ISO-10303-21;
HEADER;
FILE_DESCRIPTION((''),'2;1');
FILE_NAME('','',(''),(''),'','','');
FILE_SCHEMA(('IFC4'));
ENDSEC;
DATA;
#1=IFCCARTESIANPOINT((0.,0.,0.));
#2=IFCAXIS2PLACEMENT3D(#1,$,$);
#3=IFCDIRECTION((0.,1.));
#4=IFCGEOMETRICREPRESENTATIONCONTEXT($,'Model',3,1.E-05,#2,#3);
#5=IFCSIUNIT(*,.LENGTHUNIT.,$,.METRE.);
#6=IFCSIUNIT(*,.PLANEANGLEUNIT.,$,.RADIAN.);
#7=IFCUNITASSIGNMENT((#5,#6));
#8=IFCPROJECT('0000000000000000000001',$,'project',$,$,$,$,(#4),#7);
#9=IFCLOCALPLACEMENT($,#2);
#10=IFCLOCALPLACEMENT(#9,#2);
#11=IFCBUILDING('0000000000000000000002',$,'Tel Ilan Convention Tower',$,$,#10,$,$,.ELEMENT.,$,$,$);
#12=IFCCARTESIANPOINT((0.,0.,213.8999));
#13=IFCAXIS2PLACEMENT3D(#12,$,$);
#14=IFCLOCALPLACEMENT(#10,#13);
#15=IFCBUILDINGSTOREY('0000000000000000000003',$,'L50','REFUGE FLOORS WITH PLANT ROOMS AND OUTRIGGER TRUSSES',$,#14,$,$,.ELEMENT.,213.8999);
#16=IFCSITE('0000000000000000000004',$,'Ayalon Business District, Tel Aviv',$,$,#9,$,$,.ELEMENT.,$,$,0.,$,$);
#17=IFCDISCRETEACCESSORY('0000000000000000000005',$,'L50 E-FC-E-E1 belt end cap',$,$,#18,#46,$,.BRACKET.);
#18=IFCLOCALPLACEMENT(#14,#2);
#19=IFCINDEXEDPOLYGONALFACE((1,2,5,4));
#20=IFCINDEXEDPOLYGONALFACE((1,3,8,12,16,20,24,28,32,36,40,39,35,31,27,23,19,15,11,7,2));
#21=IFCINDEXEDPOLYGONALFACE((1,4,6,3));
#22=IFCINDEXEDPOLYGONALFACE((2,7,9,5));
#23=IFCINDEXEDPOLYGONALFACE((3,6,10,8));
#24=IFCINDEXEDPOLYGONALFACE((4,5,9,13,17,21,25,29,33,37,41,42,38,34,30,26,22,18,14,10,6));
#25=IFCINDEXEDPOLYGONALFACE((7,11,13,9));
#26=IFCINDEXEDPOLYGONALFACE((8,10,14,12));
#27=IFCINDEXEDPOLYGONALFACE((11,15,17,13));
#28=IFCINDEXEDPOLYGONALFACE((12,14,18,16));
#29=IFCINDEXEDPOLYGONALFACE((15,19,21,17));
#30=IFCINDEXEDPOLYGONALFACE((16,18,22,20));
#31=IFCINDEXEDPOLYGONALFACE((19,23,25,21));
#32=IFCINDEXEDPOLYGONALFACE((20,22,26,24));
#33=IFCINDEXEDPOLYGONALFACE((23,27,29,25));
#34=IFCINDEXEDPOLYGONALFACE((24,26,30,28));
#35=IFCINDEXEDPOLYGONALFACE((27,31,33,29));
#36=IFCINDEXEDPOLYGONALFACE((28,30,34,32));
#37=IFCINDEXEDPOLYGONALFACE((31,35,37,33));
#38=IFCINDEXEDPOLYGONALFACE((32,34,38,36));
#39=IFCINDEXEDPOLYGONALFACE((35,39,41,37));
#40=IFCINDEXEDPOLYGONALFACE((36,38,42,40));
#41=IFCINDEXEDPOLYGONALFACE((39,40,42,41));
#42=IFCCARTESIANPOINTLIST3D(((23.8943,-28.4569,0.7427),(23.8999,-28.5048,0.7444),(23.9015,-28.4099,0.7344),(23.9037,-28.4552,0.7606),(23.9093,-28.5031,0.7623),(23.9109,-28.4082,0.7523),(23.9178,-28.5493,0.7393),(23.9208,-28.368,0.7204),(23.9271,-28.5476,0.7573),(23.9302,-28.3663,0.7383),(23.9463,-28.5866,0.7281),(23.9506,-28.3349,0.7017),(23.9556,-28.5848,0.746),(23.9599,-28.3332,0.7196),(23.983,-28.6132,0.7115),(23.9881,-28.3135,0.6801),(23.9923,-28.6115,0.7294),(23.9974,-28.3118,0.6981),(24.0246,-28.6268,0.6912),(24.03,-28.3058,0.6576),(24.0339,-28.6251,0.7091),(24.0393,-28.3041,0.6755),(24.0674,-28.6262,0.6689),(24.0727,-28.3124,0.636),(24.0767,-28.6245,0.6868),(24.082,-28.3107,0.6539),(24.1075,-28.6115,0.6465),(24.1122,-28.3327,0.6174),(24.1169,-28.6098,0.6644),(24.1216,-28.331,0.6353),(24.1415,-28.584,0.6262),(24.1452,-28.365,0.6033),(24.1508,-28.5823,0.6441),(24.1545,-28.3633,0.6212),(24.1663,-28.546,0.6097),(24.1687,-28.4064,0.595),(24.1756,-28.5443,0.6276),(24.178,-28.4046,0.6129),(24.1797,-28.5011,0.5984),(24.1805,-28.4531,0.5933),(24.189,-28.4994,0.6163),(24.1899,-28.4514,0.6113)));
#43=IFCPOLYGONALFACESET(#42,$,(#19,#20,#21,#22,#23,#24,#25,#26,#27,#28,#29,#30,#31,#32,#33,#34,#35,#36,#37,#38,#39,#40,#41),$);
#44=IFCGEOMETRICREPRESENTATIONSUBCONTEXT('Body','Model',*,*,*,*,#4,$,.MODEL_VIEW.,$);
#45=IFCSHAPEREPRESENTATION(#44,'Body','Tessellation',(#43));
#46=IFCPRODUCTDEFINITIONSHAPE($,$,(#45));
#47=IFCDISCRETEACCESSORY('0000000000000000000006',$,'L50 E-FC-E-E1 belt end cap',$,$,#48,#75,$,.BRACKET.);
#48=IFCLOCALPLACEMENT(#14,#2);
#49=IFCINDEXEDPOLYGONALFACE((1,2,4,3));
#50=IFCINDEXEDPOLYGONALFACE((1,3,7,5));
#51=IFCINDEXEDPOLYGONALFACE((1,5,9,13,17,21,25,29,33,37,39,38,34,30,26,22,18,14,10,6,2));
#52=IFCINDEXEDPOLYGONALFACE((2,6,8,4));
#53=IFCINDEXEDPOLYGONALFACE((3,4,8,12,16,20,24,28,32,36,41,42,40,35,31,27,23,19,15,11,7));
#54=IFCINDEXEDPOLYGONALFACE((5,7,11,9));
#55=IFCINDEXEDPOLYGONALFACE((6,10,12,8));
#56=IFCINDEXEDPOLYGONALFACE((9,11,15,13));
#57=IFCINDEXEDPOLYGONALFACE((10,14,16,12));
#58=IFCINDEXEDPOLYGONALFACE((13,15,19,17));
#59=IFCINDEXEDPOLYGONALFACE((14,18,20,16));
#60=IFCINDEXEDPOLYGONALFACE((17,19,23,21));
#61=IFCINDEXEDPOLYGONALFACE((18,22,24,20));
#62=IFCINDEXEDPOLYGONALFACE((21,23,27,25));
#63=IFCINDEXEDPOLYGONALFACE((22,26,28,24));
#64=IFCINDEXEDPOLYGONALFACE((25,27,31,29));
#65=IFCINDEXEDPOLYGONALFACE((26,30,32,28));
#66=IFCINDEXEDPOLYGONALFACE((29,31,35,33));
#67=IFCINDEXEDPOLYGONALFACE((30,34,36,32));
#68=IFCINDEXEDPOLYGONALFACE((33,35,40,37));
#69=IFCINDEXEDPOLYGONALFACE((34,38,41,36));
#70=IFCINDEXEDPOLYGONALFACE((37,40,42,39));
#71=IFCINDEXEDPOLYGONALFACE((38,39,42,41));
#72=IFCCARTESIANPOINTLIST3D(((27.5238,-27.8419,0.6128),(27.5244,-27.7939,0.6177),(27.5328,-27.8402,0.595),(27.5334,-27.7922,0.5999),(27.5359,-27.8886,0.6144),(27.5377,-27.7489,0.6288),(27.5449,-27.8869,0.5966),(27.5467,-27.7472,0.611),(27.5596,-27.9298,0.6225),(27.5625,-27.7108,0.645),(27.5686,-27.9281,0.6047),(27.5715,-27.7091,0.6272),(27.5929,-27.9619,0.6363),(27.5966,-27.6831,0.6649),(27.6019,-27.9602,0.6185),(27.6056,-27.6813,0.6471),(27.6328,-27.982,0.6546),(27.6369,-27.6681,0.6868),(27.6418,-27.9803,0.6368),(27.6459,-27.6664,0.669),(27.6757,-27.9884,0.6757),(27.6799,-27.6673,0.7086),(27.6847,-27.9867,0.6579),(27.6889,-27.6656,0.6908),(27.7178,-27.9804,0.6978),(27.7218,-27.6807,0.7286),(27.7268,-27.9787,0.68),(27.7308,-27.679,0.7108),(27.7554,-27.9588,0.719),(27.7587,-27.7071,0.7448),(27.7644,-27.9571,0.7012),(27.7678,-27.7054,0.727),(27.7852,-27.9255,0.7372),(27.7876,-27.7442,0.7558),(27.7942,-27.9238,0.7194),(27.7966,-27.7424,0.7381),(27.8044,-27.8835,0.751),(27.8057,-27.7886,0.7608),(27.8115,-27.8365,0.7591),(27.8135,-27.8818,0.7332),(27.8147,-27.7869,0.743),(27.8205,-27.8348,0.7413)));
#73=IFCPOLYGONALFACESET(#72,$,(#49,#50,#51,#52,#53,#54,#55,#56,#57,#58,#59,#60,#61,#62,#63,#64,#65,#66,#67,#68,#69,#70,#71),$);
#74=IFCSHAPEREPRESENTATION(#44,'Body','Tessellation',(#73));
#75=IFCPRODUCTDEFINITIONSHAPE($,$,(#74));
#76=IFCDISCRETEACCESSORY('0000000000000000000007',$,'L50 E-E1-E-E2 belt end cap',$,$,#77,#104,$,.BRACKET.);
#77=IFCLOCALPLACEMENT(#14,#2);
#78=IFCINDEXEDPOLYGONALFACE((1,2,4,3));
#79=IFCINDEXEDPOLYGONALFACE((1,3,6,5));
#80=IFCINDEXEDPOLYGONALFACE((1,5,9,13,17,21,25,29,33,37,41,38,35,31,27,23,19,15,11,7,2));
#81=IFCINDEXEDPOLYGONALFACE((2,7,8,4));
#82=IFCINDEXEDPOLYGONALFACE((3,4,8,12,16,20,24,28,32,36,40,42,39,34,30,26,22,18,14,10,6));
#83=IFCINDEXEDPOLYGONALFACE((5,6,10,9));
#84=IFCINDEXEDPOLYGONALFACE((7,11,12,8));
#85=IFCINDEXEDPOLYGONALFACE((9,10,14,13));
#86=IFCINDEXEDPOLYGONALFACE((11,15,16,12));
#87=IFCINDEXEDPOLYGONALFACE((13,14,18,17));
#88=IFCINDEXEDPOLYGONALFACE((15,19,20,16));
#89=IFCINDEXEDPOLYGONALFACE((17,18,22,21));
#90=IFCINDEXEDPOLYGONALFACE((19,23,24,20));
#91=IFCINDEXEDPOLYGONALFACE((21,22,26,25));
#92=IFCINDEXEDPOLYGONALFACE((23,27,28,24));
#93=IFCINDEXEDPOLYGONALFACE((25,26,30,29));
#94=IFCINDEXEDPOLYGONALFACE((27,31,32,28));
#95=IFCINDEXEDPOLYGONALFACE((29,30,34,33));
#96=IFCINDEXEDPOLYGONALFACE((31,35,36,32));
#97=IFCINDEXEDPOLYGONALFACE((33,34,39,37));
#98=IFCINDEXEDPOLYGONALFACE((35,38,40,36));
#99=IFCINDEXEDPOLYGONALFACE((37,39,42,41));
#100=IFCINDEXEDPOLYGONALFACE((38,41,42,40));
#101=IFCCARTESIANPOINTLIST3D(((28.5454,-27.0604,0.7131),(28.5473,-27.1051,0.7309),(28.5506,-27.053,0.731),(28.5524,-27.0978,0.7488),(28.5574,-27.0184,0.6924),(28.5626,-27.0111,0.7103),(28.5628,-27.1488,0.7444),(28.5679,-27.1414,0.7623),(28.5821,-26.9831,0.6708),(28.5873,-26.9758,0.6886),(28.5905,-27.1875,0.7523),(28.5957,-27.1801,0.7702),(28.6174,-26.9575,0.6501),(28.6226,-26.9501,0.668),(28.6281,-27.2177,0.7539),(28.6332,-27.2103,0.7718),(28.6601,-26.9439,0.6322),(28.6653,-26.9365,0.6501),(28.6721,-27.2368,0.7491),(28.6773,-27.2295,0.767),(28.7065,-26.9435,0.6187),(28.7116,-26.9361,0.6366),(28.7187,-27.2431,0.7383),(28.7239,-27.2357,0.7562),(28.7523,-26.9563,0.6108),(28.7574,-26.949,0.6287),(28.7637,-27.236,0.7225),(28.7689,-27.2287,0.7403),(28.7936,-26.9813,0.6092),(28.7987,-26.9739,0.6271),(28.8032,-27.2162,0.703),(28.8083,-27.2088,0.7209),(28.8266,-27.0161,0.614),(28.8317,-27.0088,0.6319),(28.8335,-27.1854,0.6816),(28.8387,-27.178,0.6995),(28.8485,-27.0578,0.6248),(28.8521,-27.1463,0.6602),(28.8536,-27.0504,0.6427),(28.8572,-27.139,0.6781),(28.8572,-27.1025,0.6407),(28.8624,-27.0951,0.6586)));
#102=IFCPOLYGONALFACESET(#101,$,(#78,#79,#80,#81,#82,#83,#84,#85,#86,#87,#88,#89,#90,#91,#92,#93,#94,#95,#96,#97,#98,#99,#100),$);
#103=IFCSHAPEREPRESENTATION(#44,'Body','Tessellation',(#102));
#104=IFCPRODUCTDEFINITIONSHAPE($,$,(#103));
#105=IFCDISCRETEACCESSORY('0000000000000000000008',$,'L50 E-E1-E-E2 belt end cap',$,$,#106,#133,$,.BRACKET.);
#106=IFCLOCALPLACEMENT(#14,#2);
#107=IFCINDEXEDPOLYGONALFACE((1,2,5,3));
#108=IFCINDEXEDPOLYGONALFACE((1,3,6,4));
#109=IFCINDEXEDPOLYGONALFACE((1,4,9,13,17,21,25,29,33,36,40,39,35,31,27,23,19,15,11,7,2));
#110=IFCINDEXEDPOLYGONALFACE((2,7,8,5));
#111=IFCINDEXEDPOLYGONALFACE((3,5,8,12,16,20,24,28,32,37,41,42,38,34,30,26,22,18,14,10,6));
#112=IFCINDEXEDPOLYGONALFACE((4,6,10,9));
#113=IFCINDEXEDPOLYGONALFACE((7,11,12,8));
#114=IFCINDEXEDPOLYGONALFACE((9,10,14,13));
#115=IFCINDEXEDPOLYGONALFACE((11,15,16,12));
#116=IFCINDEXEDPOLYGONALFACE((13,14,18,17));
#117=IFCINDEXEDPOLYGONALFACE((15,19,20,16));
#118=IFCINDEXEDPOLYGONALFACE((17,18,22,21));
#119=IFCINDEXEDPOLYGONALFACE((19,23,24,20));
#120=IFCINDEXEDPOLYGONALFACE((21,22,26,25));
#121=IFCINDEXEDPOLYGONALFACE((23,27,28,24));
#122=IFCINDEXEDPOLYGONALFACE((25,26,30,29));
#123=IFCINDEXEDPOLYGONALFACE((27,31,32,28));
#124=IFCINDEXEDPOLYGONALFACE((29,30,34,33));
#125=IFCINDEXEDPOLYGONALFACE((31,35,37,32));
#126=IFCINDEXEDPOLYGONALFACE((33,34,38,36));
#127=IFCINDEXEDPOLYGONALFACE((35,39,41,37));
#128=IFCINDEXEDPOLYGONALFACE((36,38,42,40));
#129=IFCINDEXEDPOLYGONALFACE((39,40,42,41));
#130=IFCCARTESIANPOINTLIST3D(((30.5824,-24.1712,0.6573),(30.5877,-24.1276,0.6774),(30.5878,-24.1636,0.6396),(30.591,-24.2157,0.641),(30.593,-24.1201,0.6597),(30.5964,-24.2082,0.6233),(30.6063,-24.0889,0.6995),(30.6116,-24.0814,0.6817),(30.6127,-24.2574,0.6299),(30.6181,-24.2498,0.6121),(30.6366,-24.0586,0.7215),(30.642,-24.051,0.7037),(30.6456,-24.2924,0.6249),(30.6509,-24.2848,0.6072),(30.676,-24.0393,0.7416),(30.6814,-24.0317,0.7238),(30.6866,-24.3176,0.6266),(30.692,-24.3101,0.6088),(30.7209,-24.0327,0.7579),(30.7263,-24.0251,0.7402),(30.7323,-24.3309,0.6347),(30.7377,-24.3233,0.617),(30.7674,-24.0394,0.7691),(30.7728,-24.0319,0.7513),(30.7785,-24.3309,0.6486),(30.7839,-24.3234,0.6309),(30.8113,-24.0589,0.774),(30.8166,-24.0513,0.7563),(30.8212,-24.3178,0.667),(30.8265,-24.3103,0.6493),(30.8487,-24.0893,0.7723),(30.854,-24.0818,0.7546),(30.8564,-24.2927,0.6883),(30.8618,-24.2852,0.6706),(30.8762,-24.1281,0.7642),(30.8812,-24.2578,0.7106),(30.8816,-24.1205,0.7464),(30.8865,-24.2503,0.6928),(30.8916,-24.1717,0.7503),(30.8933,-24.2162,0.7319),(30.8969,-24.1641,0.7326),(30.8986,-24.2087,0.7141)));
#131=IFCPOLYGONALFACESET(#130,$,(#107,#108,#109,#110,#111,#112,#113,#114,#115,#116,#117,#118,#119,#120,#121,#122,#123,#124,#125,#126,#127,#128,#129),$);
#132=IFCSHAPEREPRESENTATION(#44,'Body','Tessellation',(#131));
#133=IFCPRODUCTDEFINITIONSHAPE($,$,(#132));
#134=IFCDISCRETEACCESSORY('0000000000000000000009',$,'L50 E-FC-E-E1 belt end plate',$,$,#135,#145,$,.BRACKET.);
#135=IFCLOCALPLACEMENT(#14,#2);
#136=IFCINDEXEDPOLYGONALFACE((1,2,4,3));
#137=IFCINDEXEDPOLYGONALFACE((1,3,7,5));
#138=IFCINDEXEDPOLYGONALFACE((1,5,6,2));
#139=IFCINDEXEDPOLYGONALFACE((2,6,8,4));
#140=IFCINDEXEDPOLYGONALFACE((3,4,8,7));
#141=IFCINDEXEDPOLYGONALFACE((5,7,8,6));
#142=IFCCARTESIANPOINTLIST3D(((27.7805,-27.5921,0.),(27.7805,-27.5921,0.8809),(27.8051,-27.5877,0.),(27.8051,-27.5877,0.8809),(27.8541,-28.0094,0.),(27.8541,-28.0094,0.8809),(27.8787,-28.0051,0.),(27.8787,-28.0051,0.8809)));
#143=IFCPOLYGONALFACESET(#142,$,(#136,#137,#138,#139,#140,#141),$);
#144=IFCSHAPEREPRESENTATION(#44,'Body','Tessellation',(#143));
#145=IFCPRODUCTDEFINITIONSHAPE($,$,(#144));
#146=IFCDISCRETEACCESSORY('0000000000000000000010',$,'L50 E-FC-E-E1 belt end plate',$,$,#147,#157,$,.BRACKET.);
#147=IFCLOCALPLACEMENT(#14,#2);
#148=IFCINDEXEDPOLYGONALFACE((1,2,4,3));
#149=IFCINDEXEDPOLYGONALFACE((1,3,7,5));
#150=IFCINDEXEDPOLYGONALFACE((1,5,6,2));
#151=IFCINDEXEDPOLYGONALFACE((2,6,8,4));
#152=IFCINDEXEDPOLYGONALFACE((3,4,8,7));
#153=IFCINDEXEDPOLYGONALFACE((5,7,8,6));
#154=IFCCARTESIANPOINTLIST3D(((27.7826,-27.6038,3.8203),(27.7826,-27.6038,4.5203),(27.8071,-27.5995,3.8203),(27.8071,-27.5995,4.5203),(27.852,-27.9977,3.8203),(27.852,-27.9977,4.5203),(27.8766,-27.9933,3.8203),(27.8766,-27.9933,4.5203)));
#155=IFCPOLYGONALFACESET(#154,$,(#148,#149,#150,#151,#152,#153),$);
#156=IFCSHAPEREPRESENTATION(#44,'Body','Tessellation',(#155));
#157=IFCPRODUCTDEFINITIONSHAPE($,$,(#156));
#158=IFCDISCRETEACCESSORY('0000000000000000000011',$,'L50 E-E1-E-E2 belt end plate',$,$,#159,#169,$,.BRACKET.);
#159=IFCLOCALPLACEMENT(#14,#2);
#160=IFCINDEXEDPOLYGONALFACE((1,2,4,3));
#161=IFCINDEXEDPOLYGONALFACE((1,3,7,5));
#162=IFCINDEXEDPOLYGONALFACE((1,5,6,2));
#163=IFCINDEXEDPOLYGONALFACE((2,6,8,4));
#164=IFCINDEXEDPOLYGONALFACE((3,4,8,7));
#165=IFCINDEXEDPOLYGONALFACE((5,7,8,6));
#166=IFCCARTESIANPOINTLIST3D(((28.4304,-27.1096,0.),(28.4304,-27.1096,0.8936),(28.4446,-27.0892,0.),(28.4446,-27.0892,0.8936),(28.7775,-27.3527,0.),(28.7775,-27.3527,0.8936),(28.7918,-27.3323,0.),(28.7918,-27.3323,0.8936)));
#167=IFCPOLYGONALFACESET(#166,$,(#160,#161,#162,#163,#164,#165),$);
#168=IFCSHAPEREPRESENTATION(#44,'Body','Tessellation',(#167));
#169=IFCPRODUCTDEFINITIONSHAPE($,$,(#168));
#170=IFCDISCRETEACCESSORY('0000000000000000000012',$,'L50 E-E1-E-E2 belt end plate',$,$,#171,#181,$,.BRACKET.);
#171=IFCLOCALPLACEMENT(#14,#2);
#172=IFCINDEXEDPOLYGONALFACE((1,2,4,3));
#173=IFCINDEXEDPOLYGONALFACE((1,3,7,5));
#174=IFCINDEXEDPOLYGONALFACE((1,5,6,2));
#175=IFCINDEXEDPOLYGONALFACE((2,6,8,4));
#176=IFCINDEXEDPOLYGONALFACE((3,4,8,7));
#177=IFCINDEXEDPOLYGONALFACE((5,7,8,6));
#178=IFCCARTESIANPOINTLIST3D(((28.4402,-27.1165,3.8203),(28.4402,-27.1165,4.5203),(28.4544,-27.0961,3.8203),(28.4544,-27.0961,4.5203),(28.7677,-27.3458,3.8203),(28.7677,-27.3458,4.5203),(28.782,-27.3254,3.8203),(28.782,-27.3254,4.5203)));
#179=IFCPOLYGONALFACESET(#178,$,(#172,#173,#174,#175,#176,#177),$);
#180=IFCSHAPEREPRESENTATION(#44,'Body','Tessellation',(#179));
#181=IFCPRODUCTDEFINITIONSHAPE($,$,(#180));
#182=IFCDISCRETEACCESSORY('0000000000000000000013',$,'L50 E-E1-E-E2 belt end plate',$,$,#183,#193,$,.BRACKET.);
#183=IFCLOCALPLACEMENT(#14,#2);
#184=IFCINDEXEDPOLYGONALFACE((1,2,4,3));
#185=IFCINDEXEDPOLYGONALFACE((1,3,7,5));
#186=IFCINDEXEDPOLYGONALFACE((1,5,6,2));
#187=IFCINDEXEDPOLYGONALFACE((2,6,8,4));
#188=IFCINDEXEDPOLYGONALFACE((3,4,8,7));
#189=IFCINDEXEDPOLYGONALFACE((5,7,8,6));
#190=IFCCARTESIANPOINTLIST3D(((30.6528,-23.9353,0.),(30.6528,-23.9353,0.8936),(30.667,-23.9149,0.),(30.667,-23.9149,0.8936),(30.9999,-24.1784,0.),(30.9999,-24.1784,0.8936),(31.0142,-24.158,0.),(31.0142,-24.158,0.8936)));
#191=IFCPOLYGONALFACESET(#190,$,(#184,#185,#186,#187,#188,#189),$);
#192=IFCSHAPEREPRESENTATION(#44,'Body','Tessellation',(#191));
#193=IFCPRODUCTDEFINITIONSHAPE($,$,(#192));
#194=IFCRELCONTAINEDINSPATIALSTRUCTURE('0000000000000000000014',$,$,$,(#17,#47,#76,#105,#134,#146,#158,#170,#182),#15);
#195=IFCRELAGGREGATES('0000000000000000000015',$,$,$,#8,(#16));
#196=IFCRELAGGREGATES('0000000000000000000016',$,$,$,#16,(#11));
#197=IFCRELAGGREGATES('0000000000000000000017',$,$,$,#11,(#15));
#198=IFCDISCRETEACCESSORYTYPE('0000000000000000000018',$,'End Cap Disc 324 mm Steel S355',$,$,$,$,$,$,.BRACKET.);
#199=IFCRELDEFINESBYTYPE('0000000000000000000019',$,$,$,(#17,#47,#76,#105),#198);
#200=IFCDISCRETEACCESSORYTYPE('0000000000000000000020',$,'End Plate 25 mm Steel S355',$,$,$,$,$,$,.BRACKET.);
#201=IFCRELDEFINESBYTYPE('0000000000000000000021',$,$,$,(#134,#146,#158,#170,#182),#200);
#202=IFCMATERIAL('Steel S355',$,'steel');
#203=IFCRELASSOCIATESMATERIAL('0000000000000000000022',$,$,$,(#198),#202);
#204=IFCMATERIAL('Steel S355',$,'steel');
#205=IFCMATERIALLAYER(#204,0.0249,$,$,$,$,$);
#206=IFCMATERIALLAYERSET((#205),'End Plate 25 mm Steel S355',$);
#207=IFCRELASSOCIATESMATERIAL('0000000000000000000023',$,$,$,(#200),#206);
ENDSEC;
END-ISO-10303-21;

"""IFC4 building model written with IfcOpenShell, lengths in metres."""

from ifc_helpers import new_model, si_unit, direction, frame, origin, origin_2d, place, context, subcontext, project, spatial, rectangle, circle, extrude, material, layer, layer_set, material_profile, profile_set, type_object, element, save


model = new_model("IFC4")

# Units and contexts
model_context = context("Model", 3, precision=1e-05, world=origin(), true_north=direction((0.0, 1.0)))
body_context = subcontext(model_context, "Body", "Model", "MODEL_VIEW")
ifc_project = project(units=[si_unit("LENGTHUNIT", "METRE"), si_unit("PLANEANGLEUNIT", "RADIAN")], contexts=[model_context])

# Site, building, storey
site_placement = place(None, origin())
site = spatial("IfcSite", under=ifc_project, at=site_placement, Name="Ayalon Business District, Tel Aviv", CompositionType="ELEMENT", RefElevation=0.0)
building_placement = place(site_placement, origin())
building = spatial("IfcBuilding", under=site, at=building_placement, Name="Tel Ilan Convention Tower", CompositionType="ELEMENT")
storey_placement = place(building_placement, frame((0.0, 0.0, 213.8999)))
storey = spatial("IfcBuildingStorey", under=building, at=storey_placement, Name="L50", Description="REFUGE FLOORS WITH PLANT ROOMS AND OUTRIGGER TRUSSES", CompositionType="ELEMENT", Elevation=213.8999)

# Discrete accessories
ifc_material_1 = material(Name="Steel S355", Category="steel")
ifc_material_profile_1 = material_profile(ifc_material_1, circle(Radius=0.1619, at=origin_2d()), Name="End Cap Disc 324 mm Steel S355")
ifc_profile_set_1 = profile_set([ifc_material_profile_1], Name="Steel S355")
discrete_accessory_type_1 = type_object("IfcDiscreteAccessoryType", Name="End Cap Disc 324 mm Steel S355", PredefinedType="BRACKET", material=ifc_profile_set_1)
discrete_accessory_1_placement = place(storey_placement, frame((24.0474, -28.4653, 0.6868), z_axis=(-0.460074, -0.08475, -0.883826), x_axis=(0.181162, -0.983453, 0.0)))
element("IfcDiscreteAccessory", 1, at=discrete_accessory_1_placement, inside=storey, type_object=discrete_accessory_type_1, Name="L50 E-FC-E-E1 belt end cap", PredefinedType="BRACKET", context=body_context, shape_type="SweptSolid", body=[
    extrude(circle(Radius=0.1619, at=origin_2d()), origin(), (0.0, 0.0, 1.0), 0.0203),
])
for number, where, z_axis, x_axis, name in (
    (2, (27.667, -27.8271, 0.6868), (0.45045, 0.08522, -0.888725), (-0.185892, 0.98257, 0.0), "L50 E-FC-E-E1 belt end cap"),
    (3, (28.7061, -27.0852, 0.6995), (-0.257132, -0.367332, -0.89384), (0.819232, -0.573462, 0.0), "L50 E-E1-E-E2 belt end cap"),
    (4, (30.7383, -24.1826, 0.6995), (0.267301, 0.376651, -0.886952), (-0.815507, 0.578747, 0.0), "L50 E-E1-E-E2 belt end cap"),
):
    element("IfcDiscreteAccessory", number, at=place(storey_placement, frame(where, z_axis=z_axis, x_axis=x_axis)), inside=storey, type_object=discrete_accessory_type_1, Name=name, PredefinedType="BRACKET", context=body_context, shape_type="SweptSolid", body=[
        extrude(circle(Radius=0.1619, at=origin_2d()), origin(), (0.0, 0.0, 1.0), 0.02),
    ])
ifc_material_2 = material(Name="Steel S355", Category="steel")
ifc_layer_1 = layer(ifc_material_2, 0.0249)
ifc_layer_set_1 = layer_set([ifc_layer_1], Name="End Plate 25 mm Steel S355")
discrete_accessory_type_2 = type_object("IfcDiscreteAccessoryType", Name="End Plate 25 mm Steel S355", PredefinedType="BRACKET", material=ifc_layer_set_1)
discrete_accessory_2_placement = place(storey_placement, frame((27.8296, -27.7986, 0.0), z_axis=(0.0, 0.0, 1.0), x_axis=(0.984808, 0.173648, 0.0)))
element("IfcDiscreteAccessory", 5, at=discrete_accessory_2_placement, inside=storey, type_object=discrete_accessory_type_2, Name="L50 E-FC-E-E1 belt end plate", PredefinedType="BRACKET", context=body_context, shape_type="SweptSolid", body=[
    extrude(rectangle(XDim=0.0249, YDim=0.4238, at=origin_2d()), origin(), (0.0, 0.0, 1.0), 0.8809),
])
discrete_accessory_3_placement = place(storey_placement, frame((27.8296, -27.7986, 3.8203), z_axis=(0.0, 0.0, 1.0), x_axis=(0.984808, 0.173648, 0.0)))
element("IfcDiscreteAccessory", 6, at=discrete_accessory_3_placement, inside=storey, type_object=discrete_accessory_type_2, Name="L50 E-FC-E-E1 belt end plate", PredefinedType="BRACKET", context=body_context, shape_type="SweptSolid", body=[
    extrude(rectangle(XDim=0.0249, YDim=0.3999, at=origin_2d()), origin(), (0.0, 0.0, 1.0), 0.7),
])
discrete_accessory_4_placement = place(storey_placement, frame((28.6111, -27.2209, 0.0), z_axis=(0.0, 0.0, 1.0), x_axis=(-0.573576, -0.819152, 0.0)))
element("IfcDiscreteAccessory", 7, at=discrete_accessory_4_placement, inside=storey, type_object=discrete_accessory_type_2, Name="L50 E-E1-E-E2 belt end plate", PredefinedType="BRACKET", context=body_context, shape_type="SweptSolid", body=[
    extrude(rectangle(XDim=0.0249, YDim=0.4238, at=origin_2d()), origin(), (0.0, 0.0, 1.0), 0.8936),
])
discrete_accessory_5_placement = place(storey_placement, frame((28.6111, -27.2209, 3.8203), z_axis=(0.0, 0.0, 1.0), x_axis=(-0.573576, -0.819152, 0.0)))
element("IfcDiscreteAccessory", 8, at=discrete_accessory_5_placement, inside=storey, type_object=discrete_accessory_type_2, Name="L50 E-E1-E-E2 belt end plate", PredefinedType="BRACKET", context=body_context, shape_type="SweptSolid", body=[
    extrude(rectangle(XDim=0.0249, YDim=0.3999, at=origin_2d()), origin(), (0.0, 0.0, 1.0), 0.7),
])
discrete_accessory_6_placement = place(storey_placement, frame((30.8335, -24.0466, 0.0), z_axis=(0.0, 0.0, 1.0), x_axis=(0.573576, 0.819152, 0.0)))
element("IfcDiscreteAccessory", 9, at=discrete_accessory_6_placement, inside=storey, type_object=discrete_accessory_type_2, Name="L50 E-E1-E-E2 belt end plate", PredefinedType="BRACKET", context=body_context, shape_type="SweptSolid", body=[
    extrude(rectangle(XDim=0.0249, YDim=0.4238, at=origin_2d()), origin(), (0.0, 0.0, 1.0), 0.8936),
])

save(model, "model.ifc")
